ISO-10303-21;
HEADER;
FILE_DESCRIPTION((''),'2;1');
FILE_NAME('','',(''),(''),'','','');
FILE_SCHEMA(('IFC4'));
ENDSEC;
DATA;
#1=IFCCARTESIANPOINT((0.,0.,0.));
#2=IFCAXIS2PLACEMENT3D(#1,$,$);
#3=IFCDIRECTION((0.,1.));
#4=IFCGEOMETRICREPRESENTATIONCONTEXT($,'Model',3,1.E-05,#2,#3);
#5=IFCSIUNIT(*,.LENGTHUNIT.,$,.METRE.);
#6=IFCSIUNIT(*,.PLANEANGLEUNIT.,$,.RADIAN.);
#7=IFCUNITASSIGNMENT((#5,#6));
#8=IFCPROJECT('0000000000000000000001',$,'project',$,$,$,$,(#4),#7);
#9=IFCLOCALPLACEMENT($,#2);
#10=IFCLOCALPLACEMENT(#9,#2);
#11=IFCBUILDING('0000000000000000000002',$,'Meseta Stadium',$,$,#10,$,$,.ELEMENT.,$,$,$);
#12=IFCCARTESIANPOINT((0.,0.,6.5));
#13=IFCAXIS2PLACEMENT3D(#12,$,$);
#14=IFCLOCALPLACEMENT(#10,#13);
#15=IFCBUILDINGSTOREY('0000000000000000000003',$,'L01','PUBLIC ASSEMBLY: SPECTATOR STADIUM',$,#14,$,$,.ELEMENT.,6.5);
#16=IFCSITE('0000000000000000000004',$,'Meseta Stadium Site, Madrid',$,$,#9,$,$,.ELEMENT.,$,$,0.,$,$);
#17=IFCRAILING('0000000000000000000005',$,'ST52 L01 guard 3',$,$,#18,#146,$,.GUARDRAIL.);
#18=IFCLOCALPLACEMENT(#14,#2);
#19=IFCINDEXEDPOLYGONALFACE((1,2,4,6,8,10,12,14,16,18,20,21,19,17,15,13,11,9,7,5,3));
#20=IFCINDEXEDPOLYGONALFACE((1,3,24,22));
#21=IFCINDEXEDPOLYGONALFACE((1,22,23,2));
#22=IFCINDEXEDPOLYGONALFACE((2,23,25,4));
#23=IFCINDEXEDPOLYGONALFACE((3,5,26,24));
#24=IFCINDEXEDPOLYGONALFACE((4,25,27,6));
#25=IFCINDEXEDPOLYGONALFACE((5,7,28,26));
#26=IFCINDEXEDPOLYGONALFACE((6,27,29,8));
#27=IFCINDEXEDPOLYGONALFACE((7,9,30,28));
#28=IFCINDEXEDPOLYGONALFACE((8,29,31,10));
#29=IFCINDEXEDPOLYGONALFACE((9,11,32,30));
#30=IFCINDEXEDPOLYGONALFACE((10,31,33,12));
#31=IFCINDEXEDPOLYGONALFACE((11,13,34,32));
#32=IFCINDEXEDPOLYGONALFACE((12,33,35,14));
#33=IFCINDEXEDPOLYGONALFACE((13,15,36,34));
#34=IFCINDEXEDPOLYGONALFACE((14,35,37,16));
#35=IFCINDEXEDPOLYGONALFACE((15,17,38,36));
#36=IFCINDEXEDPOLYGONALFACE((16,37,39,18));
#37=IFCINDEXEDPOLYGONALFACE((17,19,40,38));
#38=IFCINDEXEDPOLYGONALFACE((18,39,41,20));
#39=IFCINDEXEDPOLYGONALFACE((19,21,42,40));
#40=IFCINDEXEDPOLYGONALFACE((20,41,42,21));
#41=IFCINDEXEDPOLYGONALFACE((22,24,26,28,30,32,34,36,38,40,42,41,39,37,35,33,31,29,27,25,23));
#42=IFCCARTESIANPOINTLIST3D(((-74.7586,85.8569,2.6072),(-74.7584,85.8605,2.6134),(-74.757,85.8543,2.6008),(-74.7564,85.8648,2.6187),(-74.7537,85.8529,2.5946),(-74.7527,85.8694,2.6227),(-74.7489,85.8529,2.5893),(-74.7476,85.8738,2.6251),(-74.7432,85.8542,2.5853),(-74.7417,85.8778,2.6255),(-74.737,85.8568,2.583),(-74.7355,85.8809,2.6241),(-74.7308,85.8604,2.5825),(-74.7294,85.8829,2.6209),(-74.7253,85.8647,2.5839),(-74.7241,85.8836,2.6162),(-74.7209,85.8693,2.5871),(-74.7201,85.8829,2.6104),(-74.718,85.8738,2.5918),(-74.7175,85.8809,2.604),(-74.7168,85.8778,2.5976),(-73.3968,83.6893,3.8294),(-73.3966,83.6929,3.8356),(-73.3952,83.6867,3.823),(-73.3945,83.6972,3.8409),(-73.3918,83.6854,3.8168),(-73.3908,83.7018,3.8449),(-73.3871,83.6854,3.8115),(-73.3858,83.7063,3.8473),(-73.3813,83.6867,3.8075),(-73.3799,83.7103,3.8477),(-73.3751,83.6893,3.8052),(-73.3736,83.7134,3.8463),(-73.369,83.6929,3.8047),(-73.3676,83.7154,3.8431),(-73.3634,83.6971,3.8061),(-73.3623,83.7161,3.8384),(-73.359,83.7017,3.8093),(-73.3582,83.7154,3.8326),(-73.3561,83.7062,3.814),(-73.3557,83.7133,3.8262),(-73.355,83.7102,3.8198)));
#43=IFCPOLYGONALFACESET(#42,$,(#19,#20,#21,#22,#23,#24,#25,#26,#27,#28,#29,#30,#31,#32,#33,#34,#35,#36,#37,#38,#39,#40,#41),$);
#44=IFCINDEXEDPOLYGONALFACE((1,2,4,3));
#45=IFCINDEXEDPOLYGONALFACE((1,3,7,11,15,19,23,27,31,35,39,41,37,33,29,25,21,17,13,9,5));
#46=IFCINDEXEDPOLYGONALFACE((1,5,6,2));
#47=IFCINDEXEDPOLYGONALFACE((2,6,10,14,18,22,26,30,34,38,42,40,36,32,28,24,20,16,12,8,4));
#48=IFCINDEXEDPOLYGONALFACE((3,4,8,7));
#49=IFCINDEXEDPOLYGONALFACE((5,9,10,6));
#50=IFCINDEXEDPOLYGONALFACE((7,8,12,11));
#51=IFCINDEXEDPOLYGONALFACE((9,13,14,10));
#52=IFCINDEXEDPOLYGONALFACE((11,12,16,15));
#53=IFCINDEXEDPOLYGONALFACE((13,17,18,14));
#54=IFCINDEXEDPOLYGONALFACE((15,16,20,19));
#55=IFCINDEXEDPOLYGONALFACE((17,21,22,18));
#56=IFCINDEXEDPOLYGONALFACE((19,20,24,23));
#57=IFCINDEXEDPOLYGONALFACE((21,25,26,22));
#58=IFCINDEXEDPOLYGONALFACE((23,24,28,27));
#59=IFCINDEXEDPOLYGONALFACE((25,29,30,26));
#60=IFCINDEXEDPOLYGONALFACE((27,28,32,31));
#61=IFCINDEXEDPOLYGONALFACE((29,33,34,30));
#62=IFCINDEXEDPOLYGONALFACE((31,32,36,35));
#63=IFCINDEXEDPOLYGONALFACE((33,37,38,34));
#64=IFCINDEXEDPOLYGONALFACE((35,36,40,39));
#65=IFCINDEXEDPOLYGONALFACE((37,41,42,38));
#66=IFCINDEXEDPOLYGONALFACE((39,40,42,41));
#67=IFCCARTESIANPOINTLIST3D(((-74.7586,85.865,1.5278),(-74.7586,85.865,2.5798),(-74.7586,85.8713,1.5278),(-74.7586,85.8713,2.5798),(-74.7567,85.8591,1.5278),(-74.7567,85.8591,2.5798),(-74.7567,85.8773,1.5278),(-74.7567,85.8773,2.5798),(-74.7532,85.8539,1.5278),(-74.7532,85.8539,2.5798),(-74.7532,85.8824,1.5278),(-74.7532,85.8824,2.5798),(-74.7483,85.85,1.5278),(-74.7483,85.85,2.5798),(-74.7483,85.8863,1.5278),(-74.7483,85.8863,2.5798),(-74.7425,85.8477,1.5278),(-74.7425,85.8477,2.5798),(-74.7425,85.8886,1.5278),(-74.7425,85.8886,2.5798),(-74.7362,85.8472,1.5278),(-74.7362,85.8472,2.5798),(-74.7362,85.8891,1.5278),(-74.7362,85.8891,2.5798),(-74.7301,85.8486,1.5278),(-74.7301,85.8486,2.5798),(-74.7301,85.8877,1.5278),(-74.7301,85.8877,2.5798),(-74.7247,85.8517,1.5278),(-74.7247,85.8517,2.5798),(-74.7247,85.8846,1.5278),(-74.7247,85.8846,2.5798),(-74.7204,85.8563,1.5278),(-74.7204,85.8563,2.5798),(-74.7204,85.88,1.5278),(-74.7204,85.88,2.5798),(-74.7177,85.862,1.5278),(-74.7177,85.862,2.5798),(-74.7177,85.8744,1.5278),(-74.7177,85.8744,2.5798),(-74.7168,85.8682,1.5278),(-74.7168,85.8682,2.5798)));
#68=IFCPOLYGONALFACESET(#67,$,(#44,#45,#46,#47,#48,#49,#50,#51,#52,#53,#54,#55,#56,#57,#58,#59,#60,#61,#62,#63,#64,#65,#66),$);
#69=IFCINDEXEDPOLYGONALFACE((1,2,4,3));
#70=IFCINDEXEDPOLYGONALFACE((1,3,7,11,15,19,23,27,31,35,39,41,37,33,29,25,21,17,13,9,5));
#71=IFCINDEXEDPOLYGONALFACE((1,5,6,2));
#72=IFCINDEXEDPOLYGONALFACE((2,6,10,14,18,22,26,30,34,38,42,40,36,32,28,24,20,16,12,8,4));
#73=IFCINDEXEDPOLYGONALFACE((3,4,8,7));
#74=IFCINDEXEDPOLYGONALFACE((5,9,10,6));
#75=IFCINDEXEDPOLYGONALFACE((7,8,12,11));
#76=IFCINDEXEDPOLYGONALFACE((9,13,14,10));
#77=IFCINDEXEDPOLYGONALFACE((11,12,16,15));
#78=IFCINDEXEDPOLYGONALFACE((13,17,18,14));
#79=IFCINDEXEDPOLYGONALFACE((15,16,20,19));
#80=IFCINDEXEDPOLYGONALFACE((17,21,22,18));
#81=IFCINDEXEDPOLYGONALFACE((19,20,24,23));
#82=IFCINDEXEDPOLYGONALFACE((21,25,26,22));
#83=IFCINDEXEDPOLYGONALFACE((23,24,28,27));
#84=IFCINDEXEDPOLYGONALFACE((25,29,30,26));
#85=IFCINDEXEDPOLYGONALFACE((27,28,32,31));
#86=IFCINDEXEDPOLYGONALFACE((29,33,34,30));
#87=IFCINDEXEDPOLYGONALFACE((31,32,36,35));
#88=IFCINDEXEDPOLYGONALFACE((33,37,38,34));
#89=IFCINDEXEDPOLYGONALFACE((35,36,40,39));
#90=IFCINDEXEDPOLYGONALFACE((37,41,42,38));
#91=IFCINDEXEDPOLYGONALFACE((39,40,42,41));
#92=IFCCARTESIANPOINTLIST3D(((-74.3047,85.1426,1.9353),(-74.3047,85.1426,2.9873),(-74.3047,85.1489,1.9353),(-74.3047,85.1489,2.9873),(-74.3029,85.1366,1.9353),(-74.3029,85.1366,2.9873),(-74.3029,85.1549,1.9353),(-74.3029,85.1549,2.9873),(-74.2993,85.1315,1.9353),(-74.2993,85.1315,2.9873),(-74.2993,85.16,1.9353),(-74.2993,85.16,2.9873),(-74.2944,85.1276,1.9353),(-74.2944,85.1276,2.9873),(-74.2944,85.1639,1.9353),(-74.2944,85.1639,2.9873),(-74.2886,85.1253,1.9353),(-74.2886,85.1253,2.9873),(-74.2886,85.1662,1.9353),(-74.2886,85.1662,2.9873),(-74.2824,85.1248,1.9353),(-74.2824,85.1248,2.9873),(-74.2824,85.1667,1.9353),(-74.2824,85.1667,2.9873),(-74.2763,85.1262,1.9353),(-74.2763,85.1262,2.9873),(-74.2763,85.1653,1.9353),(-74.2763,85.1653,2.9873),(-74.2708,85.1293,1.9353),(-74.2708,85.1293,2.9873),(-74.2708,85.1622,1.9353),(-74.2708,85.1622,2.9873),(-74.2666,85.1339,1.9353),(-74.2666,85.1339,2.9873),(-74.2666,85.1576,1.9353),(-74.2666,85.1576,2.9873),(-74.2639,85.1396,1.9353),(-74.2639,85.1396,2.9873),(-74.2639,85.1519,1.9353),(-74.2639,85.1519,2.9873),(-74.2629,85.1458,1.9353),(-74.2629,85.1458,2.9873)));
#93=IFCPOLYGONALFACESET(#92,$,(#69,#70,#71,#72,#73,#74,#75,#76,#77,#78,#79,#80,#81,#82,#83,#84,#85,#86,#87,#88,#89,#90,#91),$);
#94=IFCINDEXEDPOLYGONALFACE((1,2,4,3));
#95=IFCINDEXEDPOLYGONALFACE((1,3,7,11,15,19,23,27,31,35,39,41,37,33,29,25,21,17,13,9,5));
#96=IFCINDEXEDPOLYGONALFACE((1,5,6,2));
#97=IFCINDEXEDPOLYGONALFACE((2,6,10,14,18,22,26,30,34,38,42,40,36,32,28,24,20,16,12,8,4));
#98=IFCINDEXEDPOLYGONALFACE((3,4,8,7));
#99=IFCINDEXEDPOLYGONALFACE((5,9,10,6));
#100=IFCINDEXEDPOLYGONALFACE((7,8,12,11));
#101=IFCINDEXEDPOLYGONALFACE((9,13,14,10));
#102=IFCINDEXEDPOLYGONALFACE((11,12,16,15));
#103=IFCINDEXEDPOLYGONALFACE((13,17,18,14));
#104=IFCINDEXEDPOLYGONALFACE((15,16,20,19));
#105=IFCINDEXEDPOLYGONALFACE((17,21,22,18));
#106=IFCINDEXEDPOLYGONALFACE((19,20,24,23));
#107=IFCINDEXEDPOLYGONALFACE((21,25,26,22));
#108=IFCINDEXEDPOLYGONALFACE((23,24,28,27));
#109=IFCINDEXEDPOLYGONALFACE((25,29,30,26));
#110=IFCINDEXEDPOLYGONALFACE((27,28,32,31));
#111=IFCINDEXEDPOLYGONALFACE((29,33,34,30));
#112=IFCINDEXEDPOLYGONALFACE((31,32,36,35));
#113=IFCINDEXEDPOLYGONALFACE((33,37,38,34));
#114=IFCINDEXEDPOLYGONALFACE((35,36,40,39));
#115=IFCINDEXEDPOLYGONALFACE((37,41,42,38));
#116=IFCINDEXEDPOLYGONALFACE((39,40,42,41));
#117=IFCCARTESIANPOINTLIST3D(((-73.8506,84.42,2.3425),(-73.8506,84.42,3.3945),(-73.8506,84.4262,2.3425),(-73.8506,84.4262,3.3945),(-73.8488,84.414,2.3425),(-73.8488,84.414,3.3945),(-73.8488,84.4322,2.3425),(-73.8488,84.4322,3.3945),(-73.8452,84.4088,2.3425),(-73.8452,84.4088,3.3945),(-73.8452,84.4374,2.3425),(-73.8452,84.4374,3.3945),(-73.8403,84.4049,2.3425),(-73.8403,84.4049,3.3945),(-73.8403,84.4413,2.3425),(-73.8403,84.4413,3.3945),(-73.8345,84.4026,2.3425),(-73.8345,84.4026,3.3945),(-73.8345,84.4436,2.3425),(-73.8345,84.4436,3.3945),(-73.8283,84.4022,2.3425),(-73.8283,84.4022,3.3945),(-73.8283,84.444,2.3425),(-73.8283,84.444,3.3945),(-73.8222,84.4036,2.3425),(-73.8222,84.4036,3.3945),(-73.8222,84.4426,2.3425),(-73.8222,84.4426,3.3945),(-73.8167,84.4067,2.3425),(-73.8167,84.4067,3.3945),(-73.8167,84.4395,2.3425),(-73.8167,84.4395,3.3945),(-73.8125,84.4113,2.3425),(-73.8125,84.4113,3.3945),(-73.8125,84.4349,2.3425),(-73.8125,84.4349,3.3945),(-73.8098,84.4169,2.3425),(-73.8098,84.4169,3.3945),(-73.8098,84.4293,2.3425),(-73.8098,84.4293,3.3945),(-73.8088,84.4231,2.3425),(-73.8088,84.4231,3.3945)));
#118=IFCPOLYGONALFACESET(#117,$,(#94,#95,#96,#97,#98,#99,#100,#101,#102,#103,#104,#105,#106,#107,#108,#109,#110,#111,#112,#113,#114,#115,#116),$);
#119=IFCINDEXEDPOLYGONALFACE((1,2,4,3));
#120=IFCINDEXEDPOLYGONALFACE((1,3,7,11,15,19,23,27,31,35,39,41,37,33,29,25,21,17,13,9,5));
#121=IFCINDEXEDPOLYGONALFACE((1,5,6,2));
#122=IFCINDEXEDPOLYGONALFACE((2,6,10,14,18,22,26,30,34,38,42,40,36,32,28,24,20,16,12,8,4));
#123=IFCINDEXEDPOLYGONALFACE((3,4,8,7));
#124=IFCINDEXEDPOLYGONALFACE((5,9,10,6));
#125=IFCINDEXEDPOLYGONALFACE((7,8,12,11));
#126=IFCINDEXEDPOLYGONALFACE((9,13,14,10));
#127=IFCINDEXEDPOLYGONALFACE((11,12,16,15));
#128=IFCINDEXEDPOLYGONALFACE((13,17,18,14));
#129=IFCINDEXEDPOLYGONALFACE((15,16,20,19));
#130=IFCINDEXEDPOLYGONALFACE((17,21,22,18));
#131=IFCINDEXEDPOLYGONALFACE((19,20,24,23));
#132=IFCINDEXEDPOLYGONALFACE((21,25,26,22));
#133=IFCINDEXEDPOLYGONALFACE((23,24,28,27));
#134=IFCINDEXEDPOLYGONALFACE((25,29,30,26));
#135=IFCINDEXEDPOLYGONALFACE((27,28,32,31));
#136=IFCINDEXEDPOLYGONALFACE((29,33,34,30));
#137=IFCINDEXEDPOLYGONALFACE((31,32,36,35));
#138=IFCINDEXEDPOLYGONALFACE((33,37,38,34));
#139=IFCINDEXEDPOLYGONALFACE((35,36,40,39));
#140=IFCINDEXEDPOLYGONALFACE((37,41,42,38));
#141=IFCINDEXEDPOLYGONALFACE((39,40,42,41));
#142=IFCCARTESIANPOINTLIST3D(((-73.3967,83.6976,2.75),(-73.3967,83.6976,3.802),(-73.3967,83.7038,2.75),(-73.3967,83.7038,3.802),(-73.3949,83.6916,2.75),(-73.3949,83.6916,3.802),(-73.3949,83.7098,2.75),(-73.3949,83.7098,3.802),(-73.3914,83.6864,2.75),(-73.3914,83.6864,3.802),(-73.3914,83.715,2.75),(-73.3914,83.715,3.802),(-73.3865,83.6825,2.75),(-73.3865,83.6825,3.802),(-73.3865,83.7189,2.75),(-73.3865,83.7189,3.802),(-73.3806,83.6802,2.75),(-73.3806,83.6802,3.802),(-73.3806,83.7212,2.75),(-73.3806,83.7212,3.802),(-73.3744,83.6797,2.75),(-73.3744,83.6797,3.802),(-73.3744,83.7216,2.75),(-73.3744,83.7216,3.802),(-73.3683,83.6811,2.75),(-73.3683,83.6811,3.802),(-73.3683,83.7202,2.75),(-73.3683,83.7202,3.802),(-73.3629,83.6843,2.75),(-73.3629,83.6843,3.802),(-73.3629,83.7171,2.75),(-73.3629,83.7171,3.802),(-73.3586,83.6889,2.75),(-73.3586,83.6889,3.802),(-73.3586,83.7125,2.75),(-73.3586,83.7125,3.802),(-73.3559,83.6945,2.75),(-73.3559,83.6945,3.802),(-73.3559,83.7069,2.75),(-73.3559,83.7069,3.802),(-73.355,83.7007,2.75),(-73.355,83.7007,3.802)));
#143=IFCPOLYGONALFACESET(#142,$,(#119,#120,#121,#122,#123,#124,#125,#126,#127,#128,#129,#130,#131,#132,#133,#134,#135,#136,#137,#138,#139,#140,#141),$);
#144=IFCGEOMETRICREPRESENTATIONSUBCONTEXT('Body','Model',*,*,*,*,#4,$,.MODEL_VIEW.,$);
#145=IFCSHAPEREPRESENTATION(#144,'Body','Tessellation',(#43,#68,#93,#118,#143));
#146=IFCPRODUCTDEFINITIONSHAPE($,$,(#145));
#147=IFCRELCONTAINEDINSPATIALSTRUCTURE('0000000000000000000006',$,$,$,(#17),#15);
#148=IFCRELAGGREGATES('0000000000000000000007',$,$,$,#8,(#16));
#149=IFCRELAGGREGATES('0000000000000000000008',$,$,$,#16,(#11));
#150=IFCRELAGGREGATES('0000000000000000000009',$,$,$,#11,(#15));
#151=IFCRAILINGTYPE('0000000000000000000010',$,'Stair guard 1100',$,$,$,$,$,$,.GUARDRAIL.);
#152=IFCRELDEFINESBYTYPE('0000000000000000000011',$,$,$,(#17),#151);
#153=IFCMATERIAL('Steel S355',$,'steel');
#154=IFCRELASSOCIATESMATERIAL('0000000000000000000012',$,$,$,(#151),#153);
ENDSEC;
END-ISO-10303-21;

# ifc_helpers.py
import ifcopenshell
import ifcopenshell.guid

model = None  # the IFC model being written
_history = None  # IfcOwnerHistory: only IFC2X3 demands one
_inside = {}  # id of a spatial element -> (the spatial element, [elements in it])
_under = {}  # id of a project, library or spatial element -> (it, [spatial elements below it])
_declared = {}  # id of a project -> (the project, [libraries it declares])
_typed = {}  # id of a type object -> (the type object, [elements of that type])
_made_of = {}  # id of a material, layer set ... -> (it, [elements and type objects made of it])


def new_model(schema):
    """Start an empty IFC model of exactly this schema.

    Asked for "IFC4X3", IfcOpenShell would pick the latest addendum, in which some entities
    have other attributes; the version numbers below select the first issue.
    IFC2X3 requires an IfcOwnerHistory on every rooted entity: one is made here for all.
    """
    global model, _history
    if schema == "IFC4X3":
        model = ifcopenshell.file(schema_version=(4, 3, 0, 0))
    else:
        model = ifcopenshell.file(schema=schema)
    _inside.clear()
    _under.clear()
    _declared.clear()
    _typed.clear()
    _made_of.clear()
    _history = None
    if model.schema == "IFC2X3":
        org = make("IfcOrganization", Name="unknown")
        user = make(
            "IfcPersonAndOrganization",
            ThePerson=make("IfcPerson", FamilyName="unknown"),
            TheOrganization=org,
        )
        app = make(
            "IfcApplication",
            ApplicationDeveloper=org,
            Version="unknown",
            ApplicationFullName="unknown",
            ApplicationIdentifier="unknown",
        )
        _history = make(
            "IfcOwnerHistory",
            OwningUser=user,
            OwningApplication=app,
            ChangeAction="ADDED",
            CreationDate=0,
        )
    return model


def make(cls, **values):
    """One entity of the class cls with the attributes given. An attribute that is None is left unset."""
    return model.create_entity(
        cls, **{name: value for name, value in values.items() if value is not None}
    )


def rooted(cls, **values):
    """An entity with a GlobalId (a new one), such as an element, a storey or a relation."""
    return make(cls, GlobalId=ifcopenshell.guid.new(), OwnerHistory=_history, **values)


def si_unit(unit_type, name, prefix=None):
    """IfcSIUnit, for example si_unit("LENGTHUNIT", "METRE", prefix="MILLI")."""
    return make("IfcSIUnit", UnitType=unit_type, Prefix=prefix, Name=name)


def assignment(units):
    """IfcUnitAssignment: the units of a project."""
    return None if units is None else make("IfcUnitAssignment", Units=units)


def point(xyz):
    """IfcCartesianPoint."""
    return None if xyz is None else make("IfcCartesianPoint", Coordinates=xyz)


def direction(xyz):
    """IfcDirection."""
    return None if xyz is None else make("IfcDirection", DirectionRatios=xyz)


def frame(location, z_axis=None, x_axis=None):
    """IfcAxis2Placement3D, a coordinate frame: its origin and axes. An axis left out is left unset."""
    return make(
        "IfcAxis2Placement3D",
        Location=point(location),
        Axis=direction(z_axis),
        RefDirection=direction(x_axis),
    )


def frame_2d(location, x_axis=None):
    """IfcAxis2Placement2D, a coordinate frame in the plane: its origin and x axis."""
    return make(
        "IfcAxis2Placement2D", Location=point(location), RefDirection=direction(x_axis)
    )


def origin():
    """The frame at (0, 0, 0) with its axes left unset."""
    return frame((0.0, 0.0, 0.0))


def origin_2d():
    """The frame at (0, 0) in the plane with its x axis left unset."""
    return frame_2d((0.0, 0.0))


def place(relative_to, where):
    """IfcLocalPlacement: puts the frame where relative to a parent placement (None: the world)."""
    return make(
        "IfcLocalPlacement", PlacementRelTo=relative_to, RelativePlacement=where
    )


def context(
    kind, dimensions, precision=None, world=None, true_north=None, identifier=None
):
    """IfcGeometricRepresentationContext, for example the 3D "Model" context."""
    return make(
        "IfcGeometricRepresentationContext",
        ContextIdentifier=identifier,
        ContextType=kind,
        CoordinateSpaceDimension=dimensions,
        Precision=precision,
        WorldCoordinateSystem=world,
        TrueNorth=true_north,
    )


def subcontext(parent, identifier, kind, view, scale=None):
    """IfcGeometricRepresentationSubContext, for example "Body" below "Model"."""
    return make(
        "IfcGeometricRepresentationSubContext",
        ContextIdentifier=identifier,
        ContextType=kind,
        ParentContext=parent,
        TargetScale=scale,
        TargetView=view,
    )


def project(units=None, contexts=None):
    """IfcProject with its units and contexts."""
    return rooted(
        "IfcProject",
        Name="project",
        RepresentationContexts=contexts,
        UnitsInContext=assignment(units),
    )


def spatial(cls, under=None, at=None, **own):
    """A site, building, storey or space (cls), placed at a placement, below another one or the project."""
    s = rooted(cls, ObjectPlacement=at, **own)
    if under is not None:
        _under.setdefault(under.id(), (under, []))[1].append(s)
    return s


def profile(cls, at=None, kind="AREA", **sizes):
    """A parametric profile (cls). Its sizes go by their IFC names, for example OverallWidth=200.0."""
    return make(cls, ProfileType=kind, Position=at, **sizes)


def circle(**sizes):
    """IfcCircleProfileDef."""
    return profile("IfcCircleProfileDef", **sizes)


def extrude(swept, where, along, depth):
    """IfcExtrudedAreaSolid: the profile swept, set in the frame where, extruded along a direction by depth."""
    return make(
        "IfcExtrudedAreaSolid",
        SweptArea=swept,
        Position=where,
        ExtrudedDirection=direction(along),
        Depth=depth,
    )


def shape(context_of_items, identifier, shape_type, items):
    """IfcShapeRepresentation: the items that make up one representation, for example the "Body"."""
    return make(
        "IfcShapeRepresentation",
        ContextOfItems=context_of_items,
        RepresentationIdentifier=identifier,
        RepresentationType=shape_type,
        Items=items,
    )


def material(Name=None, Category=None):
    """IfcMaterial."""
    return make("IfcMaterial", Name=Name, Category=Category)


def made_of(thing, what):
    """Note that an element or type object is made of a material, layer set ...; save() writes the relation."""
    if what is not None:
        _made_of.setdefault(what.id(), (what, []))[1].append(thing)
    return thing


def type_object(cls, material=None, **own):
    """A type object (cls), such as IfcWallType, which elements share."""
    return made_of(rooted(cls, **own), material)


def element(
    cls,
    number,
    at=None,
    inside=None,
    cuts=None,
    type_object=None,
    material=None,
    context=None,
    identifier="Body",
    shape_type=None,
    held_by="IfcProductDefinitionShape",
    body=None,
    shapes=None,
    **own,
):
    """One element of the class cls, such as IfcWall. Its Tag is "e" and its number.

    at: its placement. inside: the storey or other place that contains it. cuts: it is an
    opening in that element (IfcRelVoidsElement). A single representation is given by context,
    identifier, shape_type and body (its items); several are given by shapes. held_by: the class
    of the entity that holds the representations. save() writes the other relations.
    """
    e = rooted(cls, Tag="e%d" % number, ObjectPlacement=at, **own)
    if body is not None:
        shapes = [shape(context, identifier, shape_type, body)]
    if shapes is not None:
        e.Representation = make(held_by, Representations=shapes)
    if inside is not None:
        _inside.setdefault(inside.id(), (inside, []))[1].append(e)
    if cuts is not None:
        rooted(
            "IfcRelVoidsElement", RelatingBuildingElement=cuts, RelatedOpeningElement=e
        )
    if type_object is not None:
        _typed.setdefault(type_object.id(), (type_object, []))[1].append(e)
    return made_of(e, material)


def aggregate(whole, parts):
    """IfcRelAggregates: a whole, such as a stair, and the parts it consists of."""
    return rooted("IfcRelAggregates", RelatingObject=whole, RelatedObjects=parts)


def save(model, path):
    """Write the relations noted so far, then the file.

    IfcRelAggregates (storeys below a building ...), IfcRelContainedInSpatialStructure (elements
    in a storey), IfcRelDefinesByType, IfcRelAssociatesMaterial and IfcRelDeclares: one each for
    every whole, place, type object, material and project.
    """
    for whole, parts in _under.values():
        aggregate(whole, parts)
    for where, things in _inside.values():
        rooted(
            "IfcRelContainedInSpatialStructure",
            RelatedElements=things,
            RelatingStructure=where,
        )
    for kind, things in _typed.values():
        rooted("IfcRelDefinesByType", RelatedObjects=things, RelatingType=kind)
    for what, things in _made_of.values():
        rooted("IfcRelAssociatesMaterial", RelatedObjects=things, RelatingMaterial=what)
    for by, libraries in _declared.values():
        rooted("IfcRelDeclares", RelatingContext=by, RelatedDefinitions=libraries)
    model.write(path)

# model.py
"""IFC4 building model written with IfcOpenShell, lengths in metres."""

from ifc_helpers import new_model, si_unit, direction, frame, origin, origin_2d, place, context, subcontext, project, spatial, circle, extrude, material, type_object, element, save


model = new_model("IFC4")

# Units and contexts
model_context = context("Model", 3, precision=1e-05, world=origin(), true_north=direction((0.0, 1.0)))
body_context = subcontext(model_context, "Body", "Model", "MODEL_VIEW")
ifc_project = project(units=[si_unit("LENGTHUNIT", "METRE"), si_unit("PLANEANGLEUNIT", "RADIAN")], contexts=[model_context])

# Site, building, storey
site_placement = place(None, origin())
site = spatial("IfcSite", under=ifc_project, at=site_placement, Name="Meseta Stadium Site, Madrid", CompositionType="ELEMENT", RefElevation=0.0)
building_placement = place(site_placement, origin())
building = spatial("IfcBuilding", under=site, at=building_placement, Name="Meseta Stadium", CompositionType="ELEMENT")
storey_placement = place(building_placement, frame((0.0, 0.0, 6.5)))
storey = spatial("IfcBuildingStorey", under=building, at=storey_placement, Name="L01", Description="PUBLIC ASSEMBLY: SPECTATOR STADIUM", CompositionType="ELEMENT", Elevation=6.5)

# Railing
ifc_material_1 = material(Name="Steel S355", Category="steel")
railing_type_1 = type_object("IfcRailingType", Name="Stair guard 1100", PredefinedType="GUARDRAIL", material=ifc_material_1)
railing_1_placement = place(storey_placement, frame((-74.7378, 85.8682, 1.5278)))
element("IfcRailing", 1, at=railing_1_placement, inside=storey, type_object=railing_type_1, Name="ST52 L01 guard 3", PredefinedType="GUARDRAIL", context=body_context, shape_type="SweptSolid", body=[
    extrude(circle(Radius=0.0239, at=origin_2d()), frame((0.0, 0.0, 1.0762), z_axis=(0.48009, -0.764116, 0.430859), x_axis=(0.846742, 0.532004, 0.0)), (0.0, 0.0, 1.0), 2.8367),
    extrude(circle(Radius=0.021, at=origin_2d()), origin(), (0.0, 0.0, 1.0), 1.052),
    extrude(circle(Radius=0.021, at=origin_2d()), frame((0.4539, -0.7224, 0.4075)), (0.0, 0.0, 1.0), 1.052),
    extrude(circle(Radius=0.021, at=origin_2d()), frame((0.908, -1.4451, 0.8147)), (0.0, 0.0, 1.0), 1.052),
    extrude(circle(Radius=0.021, at=origin_2d()), frame((1.3618, -2.1675, 1.2222)), (0.0, 0.0, 1.0), 1.052),
])

save(model, "model.ifc")
